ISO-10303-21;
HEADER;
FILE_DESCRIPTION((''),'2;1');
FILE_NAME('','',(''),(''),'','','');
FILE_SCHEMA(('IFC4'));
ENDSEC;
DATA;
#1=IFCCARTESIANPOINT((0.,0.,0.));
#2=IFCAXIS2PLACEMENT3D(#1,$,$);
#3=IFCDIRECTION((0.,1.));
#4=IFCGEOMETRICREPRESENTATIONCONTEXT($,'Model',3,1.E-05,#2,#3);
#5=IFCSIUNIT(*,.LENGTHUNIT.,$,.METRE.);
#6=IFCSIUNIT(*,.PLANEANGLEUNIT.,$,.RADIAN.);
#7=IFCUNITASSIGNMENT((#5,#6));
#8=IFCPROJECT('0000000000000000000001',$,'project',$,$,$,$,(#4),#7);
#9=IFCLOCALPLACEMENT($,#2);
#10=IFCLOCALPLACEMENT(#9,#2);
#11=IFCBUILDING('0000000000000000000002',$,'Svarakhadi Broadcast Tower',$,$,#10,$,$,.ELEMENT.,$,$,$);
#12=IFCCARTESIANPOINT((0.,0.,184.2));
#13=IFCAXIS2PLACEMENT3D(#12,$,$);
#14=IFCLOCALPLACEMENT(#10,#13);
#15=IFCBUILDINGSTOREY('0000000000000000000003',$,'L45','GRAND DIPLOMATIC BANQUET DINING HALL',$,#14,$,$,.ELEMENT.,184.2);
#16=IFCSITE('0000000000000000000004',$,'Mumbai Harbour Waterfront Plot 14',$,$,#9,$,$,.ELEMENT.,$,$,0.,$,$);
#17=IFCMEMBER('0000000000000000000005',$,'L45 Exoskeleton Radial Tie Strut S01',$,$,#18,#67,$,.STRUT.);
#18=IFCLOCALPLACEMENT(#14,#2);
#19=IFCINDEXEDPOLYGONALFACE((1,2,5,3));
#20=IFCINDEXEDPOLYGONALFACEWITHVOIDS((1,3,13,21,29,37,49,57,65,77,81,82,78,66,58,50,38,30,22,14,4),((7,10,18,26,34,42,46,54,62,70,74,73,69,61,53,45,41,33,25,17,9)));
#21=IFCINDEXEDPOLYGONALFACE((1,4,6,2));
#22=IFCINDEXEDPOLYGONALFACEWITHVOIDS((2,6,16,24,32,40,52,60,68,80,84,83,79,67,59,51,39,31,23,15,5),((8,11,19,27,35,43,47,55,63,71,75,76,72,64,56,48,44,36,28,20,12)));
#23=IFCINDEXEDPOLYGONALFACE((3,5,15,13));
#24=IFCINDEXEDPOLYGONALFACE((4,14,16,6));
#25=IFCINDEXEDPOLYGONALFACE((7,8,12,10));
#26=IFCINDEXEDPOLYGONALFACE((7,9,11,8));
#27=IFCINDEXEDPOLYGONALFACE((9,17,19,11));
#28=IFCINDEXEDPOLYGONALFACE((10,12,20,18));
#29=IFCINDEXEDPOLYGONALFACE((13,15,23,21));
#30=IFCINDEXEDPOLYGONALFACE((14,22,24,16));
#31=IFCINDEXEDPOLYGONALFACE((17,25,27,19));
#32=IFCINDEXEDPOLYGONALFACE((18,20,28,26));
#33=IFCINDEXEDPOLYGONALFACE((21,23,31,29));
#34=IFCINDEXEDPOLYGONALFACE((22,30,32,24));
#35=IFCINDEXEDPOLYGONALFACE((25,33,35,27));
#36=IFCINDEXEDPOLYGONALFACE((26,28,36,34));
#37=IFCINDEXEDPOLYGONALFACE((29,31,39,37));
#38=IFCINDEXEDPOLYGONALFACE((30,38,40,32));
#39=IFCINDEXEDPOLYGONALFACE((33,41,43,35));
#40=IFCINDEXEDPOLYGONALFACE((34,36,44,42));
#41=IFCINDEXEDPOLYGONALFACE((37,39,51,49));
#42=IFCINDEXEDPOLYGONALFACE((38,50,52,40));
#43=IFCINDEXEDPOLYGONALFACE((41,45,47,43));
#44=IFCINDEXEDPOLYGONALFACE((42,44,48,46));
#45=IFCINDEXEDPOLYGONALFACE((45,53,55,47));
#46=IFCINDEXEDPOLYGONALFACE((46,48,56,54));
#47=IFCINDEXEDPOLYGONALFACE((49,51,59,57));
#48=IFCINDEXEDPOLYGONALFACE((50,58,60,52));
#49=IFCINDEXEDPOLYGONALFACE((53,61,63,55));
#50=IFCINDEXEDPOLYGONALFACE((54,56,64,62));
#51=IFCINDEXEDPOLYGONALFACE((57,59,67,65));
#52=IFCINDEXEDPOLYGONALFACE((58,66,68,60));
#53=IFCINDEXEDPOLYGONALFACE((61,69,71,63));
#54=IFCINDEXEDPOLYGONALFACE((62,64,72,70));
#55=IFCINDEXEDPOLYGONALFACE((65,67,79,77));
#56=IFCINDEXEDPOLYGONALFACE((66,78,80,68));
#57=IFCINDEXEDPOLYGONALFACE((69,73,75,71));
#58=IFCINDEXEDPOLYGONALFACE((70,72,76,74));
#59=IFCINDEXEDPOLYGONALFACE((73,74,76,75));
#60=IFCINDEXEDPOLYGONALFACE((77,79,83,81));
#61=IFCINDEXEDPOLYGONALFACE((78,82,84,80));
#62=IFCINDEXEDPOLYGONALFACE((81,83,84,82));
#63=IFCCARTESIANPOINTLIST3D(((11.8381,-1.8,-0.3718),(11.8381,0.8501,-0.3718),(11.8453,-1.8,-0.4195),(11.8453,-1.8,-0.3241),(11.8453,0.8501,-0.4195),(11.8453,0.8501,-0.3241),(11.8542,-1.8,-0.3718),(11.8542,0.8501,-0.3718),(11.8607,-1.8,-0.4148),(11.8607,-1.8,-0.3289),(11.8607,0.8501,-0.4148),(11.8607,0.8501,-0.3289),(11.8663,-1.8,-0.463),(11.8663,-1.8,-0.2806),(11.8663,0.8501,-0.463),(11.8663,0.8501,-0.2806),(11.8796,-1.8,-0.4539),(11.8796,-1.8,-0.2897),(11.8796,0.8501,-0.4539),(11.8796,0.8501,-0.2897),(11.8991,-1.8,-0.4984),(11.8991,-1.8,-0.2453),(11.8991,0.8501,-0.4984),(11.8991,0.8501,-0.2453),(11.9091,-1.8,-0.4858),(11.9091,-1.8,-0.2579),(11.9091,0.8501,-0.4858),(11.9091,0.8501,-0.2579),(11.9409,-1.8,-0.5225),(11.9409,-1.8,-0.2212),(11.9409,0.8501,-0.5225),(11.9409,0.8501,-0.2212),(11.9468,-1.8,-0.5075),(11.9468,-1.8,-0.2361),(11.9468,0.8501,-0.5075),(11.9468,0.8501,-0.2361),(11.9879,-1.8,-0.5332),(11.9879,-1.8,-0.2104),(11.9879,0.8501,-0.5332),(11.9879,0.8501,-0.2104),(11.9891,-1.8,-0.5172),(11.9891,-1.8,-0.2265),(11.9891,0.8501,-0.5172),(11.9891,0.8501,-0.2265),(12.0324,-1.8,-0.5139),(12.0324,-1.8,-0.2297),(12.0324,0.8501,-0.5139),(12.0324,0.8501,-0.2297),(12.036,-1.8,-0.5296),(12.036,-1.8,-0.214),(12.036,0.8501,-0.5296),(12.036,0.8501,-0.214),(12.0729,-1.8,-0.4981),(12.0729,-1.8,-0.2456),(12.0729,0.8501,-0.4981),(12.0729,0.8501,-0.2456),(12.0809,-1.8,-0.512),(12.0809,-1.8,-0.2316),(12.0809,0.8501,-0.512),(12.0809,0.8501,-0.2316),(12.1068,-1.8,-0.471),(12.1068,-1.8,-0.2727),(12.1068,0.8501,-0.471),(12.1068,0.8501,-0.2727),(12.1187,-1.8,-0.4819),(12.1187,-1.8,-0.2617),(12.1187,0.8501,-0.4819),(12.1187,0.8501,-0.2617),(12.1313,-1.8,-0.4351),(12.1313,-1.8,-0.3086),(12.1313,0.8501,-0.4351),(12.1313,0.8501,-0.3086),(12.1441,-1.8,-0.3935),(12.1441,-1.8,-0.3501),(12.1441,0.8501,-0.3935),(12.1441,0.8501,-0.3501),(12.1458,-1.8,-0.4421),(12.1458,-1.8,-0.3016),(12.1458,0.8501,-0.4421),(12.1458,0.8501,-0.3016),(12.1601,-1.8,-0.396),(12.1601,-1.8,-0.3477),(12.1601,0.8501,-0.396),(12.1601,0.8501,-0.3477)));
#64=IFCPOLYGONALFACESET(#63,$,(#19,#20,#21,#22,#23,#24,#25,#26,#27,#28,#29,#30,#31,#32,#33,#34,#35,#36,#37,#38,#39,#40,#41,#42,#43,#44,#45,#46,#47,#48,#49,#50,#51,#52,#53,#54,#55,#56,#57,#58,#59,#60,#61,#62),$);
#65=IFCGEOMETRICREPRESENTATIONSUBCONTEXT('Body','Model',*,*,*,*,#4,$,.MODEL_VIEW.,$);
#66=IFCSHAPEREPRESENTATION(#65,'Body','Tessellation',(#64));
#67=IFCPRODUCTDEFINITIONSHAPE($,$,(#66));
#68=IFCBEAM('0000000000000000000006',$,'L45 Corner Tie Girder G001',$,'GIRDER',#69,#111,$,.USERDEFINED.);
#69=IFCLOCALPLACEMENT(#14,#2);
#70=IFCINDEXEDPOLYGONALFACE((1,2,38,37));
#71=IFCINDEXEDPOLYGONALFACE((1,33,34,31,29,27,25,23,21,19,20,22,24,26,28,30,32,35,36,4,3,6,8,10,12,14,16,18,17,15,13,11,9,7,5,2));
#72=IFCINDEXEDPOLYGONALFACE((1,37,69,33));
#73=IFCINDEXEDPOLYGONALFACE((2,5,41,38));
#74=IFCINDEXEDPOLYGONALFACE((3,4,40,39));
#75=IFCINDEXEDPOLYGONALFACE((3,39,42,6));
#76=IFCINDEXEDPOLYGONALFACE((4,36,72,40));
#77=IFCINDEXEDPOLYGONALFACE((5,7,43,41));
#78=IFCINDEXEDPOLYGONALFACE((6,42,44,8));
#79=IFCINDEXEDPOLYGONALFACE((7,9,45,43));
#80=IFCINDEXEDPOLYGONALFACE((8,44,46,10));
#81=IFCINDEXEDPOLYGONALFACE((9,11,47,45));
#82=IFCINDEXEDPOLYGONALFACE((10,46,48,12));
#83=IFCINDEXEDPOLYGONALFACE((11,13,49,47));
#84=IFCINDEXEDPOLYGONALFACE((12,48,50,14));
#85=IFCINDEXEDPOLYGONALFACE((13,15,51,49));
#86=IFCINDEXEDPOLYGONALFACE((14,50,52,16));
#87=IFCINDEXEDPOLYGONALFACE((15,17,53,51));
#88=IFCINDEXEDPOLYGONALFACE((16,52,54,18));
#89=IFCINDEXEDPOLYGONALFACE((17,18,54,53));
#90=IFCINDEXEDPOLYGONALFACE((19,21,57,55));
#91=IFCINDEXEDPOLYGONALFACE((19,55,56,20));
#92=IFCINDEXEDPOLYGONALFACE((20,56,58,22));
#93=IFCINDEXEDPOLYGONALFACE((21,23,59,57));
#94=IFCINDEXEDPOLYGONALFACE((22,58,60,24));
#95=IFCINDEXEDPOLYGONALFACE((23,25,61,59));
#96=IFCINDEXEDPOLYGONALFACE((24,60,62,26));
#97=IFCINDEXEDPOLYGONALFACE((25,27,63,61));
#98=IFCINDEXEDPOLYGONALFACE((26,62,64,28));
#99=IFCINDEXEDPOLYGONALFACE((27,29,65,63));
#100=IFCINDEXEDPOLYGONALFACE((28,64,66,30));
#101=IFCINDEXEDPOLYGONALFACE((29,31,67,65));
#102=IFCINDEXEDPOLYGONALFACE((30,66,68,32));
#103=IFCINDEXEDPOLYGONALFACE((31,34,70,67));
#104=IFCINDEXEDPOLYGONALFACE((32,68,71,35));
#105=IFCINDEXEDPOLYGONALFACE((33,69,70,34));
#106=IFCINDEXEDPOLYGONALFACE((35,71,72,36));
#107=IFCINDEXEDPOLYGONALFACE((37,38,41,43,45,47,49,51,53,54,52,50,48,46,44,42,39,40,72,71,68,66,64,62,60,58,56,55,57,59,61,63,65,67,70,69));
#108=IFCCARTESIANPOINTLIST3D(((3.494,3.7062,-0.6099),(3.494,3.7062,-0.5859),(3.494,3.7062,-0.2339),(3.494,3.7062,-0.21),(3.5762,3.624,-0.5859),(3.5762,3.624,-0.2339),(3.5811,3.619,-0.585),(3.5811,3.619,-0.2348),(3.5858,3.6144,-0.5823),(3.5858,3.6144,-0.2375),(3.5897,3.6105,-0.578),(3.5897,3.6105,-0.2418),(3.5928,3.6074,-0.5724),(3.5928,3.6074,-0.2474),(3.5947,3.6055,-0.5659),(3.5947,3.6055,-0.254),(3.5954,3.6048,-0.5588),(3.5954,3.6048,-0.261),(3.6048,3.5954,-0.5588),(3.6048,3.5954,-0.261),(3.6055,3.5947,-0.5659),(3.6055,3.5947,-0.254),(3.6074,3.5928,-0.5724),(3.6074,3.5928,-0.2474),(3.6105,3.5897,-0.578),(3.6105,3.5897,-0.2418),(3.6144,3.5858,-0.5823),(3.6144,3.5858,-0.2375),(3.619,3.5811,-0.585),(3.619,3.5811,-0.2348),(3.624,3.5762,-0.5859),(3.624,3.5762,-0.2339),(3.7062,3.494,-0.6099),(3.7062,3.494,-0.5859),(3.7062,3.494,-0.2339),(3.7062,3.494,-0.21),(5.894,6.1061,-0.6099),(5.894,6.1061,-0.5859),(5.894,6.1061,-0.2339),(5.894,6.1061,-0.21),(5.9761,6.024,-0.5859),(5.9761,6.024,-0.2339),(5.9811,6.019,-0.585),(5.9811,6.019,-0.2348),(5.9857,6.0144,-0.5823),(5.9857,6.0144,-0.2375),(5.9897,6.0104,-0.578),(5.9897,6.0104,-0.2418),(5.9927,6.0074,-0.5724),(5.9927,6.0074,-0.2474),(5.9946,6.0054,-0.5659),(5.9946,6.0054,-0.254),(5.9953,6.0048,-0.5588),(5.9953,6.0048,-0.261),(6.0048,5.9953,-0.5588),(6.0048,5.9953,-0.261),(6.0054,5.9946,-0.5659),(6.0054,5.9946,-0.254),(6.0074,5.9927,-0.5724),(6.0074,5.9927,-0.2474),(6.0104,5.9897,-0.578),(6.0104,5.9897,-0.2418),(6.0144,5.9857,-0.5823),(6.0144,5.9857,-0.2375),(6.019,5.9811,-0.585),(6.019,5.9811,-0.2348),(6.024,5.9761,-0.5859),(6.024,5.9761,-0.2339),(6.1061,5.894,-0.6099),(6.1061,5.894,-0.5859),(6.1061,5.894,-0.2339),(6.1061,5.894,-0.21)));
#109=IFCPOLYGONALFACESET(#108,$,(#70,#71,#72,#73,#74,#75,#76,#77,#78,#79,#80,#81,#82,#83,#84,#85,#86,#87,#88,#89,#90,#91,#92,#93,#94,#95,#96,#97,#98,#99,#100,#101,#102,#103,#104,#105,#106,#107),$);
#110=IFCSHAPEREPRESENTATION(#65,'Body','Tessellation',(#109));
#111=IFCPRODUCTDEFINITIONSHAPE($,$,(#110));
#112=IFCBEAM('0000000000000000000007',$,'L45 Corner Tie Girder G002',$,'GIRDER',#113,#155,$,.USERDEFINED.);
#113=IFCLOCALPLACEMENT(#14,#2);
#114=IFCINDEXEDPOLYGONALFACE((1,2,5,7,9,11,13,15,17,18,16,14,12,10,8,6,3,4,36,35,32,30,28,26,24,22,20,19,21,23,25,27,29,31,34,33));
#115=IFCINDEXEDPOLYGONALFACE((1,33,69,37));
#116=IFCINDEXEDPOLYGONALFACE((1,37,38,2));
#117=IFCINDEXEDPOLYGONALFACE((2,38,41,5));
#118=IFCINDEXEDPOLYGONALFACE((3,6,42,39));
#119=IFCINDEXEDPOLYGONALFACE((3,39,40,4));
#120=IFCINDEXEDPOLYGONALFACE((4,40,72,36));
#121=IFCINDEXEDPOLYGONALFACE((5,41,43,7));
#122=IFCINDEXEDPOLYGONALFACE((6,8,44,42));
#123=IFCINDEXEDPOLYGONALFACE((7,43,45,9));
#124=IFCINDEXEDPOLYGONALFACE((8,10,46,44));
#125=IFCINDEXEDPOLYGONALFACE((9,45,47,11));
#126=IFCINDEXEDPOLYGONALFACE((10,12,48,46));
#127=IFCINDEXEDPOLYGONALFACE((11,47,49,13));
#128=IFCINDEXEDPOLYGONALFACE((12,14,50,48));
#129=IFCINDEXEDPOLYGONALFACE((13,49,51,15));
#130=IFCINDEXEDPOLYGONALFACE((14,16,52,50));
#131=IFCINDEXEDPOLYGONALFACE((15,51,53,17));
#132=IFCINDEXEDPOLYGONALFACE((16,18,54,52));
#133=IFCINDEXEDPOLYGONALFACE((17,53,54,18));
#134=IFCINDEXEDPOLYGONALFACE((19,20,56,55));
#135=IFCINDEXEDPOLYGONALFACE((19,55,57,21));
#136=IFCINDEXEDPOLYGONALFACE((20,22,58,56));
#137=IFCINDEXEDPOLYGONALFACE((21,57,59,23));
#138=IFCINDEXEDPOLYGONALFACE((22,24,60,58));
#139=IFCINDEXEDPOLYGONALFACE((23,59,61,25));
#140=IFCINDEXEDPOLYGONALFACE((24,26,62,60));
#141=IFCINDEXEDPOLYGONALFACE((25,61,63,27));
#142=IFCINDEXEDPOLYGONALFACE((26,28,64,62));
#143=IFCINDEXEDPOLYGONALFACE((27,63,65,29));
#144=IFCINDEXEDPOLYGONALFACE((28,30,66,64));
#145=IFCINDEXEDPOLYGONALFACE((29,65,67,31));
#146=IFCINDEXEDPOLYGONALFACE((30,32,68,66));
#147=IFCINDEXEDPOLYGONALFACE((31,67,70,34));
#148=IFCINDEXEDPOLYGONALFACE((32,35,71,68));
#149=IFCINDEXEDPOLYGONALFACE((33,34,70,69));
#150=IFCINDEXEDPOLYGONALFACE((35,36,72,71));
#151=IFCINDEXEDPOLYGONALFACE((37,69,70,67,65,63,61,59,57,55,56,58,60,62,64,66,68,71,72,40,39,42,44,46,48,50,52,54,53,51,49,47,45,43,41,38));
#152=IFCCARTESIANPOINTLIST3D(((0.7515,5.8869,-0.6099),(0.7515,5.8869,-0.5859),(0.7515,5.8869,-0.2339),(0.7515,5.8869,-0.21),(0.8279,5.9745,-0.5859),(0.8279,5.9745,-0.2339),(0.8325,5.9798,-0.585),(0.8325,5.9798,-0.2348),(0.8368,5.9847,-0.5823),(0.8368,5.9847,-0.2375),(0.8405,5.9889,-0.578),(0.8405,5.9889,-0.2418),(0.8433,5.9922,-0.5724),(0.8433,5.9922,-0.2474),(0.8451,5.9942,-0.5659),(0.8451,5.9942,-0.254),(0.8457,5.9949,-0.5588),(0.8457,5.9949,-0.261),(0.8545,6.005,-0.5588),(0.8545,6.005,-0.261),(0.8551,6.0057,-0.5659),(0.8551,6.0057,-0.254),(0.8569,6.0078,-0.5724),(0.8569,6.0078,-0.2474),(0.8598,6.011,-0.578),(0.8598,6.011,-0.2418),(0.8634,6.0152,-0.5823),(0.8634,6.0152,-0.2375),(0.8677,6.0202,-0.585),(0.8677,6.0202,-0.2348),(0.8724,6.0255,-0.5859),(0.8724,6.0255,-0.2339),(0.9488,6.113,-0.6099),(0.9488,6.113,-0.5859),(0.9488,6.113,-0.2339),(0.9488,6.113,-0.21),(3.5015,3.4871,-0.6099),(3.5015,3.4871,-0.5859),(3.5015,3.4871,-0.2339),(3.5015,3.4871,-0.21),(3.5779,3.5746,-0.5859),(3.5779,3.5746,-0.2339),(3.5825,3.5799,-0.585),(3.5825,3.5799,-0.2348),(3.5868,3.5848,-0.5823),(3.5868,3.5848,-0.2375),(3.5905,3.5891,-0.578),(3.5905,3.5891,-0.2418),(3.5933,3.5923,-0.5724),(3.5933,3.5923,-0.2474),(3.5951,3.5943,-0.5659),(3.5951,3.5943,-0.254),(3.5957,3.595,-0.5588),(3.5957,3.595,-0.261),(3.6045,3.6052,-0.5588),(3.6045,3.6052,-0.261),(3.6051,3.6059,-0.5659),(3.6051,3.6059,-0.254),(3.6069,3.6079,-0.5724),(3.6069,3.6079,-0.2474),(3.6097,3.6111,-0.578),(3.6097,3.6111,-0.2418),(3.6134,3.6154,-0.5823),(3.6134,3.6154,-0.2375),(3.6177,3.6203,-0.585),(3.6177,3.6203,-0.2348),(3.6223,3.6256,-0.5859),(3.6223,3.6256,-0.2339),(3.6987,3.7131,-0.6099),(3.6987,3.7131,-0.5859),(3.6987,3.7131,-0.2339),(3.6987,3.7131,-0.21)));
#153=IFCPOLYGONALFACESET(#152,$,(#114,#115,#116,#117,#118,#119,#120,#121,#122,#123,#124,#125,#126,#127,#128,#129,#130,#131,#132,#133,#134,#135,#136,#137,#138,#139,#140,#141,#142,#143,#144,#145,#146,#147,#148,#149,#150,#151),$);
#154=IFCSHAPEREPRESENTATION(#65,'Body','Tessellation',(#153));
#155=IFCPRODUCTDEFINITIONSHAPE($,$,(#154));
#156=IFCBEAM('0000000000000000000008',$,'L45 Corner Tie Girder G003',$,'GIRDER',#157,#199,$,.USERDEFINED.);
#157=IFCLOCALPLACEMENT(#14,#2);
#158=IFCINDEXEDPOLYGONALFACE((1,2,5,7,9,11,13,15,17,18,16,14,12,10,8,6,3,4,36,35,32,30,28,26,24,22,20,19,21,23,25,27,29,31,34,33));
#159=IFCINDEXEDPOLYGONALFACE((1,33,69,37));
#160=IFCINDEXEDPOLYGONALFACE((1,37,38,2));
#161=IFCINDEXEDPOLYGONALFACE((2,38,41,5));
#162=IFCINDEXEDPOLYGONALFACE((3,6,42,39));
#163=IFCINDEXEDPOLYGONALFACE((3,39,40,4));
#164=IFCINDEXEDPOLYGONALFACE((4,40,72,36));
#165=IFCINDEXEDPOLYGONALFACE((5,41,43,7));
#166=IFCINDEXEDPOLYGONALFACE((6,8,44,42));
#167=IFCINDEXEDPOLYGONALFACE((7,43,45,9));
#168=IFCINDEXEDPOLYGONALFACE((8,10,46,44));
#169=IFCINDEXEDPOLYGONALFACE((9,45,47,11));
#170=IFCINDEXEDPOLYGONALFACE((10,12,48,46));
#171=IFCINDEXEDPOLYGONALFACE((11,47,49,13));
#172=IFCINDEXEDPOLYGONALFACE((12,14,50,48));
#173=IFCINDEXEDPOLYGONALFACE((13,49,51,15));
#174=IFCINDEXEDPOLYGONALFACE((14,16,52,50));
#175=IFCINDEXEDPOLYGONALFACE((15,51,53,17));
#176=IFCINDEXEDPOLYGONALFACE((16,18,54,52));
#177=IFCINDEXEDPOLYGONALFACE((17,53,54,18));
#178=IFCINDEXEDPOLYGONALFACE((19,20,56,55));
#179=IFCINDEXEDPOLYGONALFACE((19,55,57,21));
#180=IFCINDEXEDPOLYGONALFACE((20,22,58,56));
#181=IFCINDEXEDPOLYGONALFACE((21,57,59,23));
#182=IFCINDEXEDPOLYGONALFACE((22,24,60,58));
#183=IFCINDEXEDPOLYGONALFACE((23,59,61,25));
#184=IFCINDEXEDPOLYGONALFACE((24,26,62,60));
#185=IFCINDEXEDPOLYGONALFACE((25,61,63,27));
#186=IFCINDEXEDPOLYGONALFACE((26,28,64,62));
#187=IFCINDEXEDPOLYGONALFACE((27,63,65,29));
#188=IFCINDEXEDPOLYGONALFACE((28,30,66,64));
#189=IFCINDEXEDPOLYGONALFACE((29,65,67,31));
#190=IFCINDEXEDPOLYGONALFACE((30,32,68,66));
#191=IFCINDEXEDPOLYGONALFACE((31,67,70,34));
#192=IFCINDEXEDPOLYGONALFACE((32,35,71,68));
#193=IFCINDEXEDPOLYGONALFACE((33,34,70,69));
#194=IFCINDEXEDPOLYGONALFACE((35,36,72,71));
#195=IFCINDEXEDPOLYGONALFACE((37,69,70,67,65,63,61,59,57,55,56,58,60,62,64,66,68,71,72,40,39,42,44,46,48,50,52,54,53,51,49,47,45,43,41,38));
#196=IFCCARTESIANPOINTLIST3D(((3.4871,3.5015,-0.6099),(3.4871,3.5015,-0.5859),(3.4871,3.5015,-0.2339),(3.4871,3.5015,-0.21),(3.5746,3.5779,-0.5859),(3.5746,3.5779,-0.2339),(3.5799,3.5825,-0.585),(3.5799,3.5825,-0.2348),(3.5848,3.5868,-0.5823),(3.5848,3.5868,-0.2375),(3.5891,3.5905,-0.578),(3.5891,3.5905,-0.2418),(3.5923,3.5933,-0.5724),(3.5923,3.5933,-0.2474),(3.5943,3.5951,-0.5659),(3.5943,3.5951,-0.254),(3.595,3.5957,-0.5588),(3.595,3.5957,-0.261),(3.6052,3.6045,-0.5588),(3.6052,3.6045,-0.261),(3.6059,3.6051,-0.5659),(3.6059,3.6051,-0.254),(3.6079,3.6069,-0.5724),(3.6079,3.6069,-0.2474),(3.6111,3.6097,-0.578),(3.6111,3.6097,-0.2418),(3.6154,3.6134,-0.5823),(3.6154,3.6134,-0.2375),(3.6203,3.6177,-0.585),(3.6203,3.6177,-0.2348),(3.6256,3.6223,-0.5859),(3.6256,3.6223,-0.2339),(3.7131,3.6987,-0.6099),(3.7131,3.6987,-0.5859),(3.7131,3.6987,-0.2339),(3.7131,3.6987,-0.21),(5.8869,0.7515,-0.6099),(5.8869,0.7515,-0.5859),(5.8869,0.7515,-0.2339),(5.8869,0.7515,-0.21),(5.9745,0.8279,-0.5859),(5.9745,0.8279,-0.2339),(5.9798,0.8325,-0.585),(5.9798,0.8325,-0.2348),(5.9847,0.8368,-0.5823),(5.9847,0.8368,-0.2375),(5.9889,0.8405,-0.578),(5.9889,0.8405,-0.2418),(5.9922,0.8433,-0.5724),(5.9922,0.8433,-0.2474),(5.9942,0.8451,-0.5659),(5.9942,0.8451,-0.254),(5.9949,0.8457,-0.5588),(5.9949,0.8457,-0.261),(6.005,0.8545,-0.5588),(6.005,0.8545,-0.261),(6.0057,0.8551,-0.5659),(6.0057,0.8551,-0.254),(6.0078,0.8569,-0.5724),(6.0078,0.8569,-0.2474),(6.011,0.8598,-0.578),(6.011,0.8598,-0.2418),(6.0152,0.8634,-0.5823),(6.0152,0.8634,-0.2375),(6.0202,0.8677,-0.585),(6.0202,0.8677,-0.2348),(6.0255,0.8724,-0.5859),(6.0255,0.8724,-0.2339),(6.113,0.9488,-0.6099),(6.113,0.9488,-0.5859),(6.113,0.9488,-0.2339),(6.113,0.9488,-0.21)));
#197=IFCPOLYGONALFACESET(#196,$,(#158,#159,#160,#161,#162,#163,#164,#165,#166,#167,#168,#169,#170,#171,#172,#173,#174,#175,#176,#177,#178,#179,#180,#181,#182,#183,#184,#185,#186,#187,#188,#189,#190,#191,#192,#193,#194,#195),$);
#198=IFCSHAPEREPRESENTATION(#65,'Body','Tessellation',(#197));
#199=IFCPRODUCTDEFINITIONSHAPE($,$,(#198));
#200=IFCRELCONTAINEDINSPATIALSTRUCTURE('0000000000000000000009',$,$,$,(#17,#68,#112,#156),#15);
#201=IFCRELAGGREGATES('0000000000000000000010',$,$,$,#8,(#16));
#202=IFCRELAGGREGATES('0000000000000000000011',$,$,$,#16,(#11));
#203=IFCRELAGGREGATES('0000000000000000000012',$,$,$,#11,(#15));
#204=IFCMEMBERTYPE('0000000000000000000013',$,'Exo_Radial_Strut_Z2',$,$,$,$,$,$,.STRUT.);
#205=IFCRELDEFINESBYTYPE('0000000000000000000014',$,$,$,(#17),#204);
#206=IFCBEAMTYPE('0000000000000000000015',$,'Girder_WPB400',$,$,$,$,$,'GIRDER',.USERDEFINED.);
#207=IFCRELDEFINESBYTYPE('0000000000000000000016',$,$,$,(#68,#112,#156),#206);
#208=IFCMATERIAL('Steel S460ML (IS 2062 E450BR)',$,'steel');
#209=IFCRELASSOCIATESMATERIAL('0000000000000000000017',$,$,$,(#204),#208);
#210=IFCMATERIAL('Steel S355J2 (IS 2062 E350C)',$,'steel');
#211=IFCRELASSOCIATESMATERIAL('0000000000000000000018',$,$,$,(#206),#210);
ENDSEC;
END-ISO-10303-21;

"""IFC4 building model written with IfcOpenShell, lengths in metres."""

from ifc_helpers import new_model, si_unit, direction, frame, origin, origin_2d, place, context, subcontext, project, spatial, hollow_circle, i_section, extrude, material, material_profile, profile_set, type_object, element, save


model = new_model("IFC4")

# Units and contexts
model_context = context("Model", 3, precision=1e-05, world=origin(), true_north=direction((0.0, 1.0)))
body_context = subcontext(model_context, "Body", "Model", "MODEL_VIEW")
ifc_project = project(units=[si_unit("LENGTHUNIT", "METRE"), si_unit("PLANEANGLEUNIT", "RADIAN")], contexts=[model_context])

# Site, building, storey
site_placement = place(None, origin())
site = spatial("IfcSite", under=ifc_project, at=site_placement, Name="Mumbai Harbour Waterfront Plot 14", CompositionType="ELEMENT", RefElevation=0.0)
building_placement = place(site_placement, origin())
building = spatial("IfcBuilding", under=site, at=building_placement, Name="Svarakhadi Broadcast Tower", CompositionType="ELEMENT")
storey_placement = place(building_placement, frame((0.0, 0.0, 184.2)))
storey = spatial("IfcBuildingStorey", under=building, at=storey_placement, Name="L45", Description="GRAND DIPLOMATIC BANQUET DINING HALL", CompositionType="ELEMENT", Elevation=184.2)

# Shared definitions
ifc_material_1 = material(Name="Steel S460ML (IS 2062 E450BR)", Category="steel")

# Shared definitions
ifc_material_2 = material(Name="Steel S355J2 (IS 2062 E350C)", Category="steel")

# Member
ifc_material_profile_1 = material_profile(ifc_material_1, hollow_circle(Radius=0.1619, WallThickness=0.0161, at=origin_2d()), Name="CHS 323.9x16")
ifc_profile_set_1 = profile_set([ifc_material_profile_1], Name="Steel S460ML (IS 2062 E450BR)")
member_type_1 = type_object("IfcMemberType", Name="Exo_Radial_Strut_Z2", PredefinedType="STRUT", material=ifc_profile_set_1)
member_1_placement = place(storey_placement, frame((12.0, -1.8, -0.3718), z_axis=(0.0, 1.0, 0.0), x_axis=(-1.0, 0.0, 0.0)))
element("IfcMember", 1, at=member_1_placement, inside=storey, type_object=member_type_1, Name="L45 Exoskeleton Radial Tie Strut S01", PredefinedType="STRUT", context=body_context, shape_type="SweptSolid", body=[
    extrude(hollow_circle(Radius=0.1619, WallThickness=0.0161, at=origin_2d()), origin(), (0.0, 0.0, 1.0), 2.6501),
])

# Beams
ifc_material_profile_2 = material_profile(ifc_material_2, i_section(OverallWidth=0.3, OverallDepth=0.3999, WebThickness=0.0134, FlangeThickness=0.0239, FilletRadius=0.0271, at=origin_2d()), Name="WPB 400x300x155")
ifc_profile_set_2 = profile_set([ifc_material_profile_2], Name="Steel S355J2 (IS 2062 E350C)")
beam_type_1 = type_object("IfcBeamType", Name="Girder_WPB400", ElementType="GIRDER", PredefinedType="USERDEFINED", material=ifc_profile_set_2)
beam_placement = place(storey_placement, frame((3.6001, 3.6001, -0.4099), z_axis=(0.707107, 0.707107, 0.0), x_axis=(-0.707107, 0.707107, 0.0)))
element("IfcBeam", 2, at=beam_placement, inside=storey, type_object=beam_type_1, Name="L45 Corner Tie Girder G001", ObjectType="GIRDER", PredefinedType="USERDEFINED", context=body_context, shape_type="SweptSolid", body=[
    extrude(i_section(OverallWidth=0.3, OverallDepth=0.3999, WebThickness=0.0134, FlangeThickness=0.0239, FilletRadius=0.0271, at=origin_2d()), origin(), (0.0, 0.0, 1.0), 3.394),
])
for number, where, z_axis, x_axis, name in (
    (3, (3.6001, 3.6001, -0.4099), (-0.753438, 0.657519, 0.0), (-0.657519, -0.753438, 0.0), "L45 Corner Tie Girder G002"),
    (4, (3.6001, 3.6001, -0.4099), (0.657519, -0.753438, 0.0), (0.753438, 0.657519, 0.0), "L45 Corner Tie Girder G003"),
):
    element("IfcBeam", number, at=place(storey_placement, frame(where, z_axis=z_axis, x_axis=x_axis)), inside=storey, type_object=beam_type_1, Name=name, ObjectType="GIRDER", PredefinedType="USERDEFINED", context=body_context, shape_type="SweptSolid", body=[
        extrude(i_section(OverallWidth=0.3, OverallDepth=0.3999, WebThickness=0.0134, FlangeThickness=0.0239, FilletRadius=0.0271, at=origin_2d()), origin(), (0.0, 0.0, 1.0), 3.6499),
    ])

save(model, "model.ifc")
